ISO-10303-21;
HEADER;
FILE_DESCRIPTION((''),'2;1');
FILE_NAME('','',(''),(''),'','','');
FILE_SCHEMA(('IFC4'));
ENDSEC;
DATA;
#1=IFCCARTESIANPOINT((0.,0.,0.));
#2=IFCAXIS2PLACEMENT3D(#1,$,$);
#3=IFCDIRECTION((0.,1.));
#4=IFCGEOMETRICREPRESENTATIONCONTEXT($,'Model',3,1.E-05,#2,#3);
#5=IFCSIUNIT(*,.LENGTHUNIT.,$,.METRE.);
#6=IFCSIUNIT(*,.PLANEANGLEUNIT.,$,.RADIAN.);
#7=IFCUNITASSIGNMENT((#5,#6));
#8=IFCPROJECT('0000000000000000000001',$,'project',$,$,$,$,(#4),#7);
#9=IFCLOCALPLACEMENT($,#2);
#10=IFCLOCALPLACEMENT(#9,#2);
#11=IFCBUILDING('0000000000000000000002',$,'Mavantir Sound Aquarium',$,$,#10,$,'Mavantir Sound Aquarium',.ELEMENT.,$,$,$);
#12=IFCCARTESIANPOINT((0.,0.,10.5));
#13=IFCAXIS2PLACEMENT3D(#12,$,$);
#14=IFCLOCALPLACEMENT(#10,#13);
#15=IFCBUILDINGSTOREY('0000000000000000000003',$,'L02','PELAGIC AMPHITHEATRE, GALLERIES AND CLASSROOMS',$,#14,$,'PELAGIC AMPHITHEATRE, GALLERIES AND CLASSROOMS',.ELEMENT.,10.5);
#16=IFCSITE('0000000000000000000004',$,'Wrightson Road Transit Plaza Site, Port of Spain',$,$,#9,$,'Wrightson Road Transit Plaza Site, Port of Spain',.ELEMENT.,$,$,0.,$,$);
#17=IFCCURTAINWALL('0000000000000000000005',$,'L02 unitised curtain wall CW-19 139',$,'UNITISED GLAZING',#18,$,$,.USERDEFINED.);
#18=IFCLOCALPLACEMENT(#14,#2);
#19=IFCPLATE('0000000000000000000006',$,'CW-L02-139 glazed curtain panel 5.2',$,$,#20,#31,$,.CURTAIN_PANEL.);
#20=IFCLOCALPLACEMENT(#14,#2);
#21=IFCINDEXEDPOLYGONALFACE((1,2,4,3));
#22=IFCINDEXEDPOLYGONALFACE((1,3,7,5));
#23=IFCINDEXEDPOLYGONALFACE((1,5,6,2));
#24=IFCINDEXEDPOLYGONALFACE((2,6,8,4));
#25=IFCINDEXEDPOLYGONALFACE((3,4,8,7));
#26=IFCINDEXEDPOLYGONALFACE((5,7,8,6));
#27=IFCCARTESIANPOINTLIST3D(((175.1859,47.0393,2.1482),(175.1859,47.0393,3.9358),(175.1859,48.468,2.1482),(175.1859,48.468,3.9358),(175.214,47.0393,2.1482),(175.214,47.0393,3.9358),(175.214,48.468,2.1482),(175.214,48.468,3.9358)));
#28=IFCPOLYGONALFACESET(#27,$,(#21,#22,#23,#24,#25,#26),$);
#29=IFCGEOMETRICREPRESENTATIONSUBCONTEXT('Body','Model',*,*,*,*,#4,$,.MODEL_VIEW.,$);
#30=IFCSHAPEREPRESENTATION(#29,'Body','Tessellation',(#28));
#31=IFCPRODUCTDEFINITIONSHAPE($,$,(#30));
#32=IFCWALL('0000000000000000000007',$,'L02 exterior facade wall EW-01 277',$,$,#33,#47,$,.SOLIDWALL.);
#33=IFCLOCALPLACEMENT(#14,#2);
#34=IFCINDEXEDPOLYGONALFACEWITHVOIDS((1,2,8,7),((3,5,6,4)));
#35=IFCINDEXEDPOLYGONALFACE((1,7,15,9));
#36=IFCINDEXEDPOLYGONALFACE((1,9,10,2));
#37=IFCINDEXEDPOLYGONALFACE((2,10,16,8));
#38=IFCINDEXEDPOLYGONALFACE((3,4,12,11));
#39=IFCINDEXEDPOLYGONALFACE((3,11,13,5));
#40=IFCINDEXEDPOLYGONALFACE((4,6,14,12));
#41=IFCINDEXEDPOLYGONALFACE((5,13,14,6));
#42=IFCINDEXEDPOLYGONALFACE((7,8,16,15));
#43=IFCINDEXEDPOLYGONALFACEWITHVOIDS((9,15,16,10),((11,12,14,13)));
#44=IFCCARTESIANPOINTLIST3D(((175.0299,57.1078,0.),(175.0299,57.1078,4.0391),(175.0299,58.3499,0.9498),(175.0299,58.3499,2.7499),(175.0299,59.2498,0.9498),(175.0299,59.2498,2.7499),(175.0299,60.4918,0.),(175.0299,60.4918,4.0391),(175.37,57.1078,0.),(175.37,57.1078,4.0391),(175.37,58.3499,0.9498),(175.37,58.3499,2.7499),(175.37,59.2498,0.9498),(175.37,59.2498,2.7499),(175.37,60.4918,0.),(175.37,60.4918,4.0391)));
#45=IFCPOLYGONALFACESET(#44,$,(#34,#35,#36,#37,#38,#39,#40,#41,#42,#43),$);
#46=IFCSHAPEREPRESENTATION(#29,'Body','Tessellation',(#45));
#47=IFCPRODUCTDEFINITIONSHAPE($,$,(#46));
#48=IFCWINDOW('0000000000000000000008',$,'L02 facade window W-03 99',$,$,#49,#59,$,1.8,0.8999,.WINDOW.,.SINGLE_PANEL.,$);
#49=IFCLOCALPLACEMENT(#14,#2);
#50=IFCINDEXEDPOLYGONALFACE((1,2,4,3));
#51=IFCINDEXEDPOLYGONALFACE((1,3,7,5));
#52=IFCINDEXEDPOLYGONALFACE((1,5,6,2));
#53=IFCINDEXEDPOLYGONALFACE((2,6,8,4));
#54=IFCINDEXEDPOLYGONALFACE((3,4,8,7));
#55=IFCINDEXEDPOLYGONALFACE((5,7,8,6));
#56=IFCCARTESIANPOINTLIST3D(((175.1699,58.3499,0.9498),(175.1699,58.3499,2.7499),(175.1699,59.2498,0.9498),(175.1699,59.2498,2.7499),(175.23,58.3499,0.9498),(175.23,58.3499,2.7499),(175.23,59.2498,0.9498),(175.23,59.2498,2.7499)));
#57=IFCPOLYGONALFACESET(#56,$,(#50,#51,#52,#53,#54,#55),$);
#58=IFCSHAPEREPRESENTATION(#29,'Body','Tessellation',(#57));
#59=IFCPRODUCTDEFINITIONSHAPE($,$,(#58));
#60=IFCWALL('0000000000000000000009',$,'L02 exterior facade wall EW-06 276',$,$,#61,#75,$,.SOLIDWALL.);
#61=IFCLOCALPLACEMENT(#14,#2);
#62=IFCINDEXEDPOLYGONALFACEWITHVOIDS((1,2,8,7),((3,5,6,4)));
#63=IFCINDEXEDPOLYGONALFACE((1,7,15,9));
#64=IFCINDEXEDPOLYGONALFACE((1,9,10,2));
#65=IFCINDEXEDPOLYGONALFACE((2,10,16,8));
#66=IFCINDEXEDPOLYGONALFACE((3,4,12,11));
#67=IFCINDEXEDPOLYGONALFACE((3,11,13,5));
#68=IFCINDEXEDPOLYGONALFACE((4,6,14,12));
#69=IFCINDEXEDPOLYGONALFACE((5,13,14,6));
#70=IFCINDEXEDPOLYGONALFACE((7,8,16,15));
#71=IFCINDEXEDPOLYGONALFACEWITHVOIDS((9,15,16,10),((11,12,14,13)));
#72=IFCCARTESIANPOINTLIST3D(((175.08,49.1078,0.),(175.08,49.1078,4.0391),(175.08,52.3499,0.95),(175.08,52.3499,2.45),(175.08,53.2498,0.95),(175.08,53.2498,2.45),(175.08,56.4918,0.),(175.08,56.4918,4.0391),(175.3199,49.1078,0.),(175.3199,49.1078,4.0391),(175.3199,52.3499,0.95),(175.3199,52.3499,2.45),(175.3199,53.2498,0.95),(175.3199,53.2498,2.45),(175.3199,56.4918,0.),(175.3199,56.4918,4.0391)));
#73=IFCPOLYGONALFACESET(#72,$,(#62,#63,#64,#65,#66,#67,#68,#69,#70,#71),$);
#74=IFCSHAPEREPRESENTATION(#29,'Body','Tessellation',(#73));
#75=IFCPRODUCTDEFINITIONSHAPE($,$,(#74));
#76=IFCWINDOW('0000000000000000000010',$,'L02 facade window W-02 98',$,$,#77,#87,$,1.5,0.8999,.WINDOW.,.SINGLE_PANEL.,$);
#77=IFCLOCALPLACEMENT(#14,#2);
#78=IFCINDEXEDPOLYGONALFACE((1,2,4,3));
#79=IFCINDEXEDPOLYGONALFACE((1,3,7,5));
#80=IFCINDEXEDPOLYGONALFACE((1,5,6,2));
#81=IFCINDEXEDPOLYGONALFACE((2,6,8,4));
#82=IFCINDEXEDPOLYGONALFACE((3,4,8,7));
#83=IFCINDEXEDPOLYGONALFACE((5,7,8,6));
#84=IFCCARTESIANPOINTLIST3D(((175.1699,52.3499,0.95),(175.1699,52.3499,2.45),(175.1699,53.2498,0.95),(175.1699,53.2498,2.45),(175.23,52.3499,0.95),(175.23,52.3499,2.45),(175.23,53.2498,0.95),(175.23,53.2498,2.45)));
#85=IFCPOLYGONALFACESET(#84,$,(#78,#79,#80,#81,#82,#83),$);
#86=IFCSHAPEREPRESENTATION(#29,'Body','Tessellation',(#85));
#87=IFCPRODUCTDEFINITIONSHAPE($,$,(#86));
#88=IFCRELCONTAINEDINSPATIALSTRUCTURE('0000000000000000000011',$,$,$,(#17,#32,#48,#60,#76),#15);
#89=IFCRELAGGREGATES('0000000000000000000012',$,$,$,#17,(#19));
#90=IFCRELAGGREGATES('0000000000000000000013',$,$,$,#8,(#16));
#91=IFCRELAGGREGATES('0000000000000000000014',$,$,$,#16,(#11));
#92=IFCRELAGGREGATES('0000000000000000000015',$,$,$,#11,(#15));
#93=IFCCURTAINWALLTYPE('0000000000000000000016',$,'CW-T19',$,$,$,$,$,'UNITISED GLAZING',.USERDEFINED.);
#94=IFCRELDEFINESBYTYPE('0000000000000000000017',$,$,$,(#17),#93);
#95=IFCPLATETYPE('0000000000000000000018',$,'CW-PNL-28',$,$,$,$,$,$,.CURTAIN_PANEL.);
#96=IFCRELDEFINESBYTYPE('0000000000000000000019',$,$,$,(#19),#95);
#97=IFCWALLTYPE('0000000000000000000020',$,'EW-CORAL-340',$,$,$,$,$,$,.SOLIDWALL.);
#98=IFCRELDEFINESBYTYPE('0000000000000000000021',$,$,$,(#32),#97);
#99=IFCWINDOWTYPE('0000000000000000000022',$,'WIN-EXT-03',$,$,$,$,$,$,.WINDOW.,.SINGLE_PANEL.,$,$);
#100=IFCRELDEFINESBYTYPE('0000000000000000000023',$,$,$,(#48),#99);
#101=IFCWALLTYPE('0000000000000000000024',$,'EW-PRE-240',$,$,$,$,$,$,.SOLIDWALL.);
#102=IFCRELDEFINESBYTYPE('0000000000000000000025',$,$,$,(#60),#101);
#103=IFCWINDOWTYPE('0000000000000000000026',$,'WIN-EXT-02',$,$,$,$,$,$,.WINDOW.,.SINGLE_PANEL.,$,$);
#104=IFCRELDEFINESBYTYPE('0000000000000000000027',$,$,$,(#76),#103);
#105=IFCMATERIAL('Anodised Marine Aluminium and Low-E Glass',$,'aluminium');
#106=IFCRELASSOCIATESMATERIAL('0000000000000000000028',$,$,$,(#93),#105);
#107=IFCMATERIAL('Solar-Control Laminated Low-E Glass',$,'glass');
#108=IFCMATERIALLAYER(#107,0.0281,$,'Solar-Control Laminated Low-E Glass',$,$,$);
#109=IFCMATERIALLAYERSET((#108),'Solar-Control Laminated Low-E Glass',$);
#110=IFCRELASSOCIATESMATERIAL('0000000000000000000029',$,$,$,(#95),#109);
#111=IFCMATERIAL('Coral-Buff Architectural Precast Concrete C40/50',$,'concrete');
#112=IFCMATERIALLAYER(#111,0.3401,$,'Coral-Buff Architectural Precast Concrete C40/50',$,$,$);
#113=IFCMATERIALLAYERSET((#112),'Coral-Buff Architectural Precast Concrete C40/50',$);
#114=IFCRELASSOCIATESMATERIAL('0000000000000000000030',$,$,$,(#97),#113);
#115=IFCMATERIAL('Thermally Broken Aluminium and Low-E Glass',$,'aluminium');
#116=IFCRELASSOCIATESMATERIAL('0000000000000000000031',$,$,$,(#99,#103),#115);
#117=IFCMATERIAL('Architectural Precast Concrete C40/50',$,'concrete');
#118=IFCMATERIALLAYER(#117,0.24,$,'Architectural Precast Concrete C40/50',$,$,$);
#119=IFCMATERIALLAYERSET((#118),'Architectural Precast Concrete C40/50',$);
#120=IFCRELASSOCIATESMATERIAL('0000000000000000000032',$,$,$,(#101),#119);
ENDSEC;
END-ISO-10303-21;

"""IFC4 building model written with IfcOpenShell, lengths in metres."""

from ifc_helpers import new_model, si_unit, direction, frame, frame_2d, origin, origin_2d, place, context, subcontext, project, spatial, rectangle, extrude, material, layer, layer_set, type_object, element, fill, aggregate, save


model = new_model("IFC4")

# Units and contexts
model_context = context("Model", 3, precision=1e-05, world=origin(), true_north=direction((0.0, 1.0)))
body_context = subcontext(model_context, "Body", "Model", "MODEL_VIEW")
ifc_project = project(units=[si_unit("LENGTHUNIT", "METRE"), si_unit("PLANEANGLEUNIT", "RADIAN")], contexts=[model_context])

# Site, building, storey
site_placement = place(None, origin())
site = spatial("IfcSite", under=ifc_project, at=site_placement, Name="Wrightson Road Transit Plaza Site, Port of Spain", LongName="Wrightson Road Transit Plaza Site, Port of Spain", CompositionType="ELEMENT", RefElevation=0.0)
building_placement = place(site_placement, origin())
building = spatial("IfcBuilding", under=site, at=building_placement, Name="Mavantir Sound Aquarium", LongName="Mavantir Sound Aquarium", CompositionType="ELEMENT")
storey_placement = place(building_placement, frame((0.0, 0.0, 10.5)))
storey = spatial("IfcBuildingStorey", under=building, at=storey_placement, Name="L02", Description="PELAGIC AMPHITHEATRE, GALLERIES AND CLASSROOMS", LongName="PELAGIC AMPHITHEATRE, GALLERIES AND CLASSROOMS", CompositionType="ELEMENT", Elevation=10.5)

# Curtain wall, plate
ifc_material_1 = material(Name="Anodised Marine Aluminium and Low-E Glass", Category="aluminium")
curtain_wall_type = type_object("IfcCurtainWallType", Name="CW-T19", ElementType="UNITISED GLAZING", PredefinedType="USERDEFINED", material=ifc_material_1)
curtain_wall_placement = place(storey_placement, origin())
curtain_wall = element("IfcCurtainWall", 1, at=curtain_wall_placement, inside=storey, type_object=curtain_wall_type, Name="L02 unitised curtain wall CW-19 139", ObjectType="UNITISED GLAZING", PredefinedType="USERDEFINED")
ifc_material_2 = material(Name="Solar-Control Laminated Low-E Glass", Category="glass")
ifc_layer_1 = layer(ifc_material_2, 0.0281, Name="Solar-Control Laminated Low-E Glass")
ifc_layer_set_1 = layer_set([ifc_layer_1], Name="Solar-Control Laminated Low-E Glass")
plate_type = type_object("IfcPlateType", Name="CW-PNL-28", PredefinedType="CURTAIN_PANEL", material=ifc_layer_set_1)
plate_1_placement = place(storey_placement, frame((175.2, 47.7537, 2.1482), z_axis=(0.0, 0.0, 1.0), x_axis=(0.0, 1.0, 0.0)))
plate_1 = element("IfcPlate", 2, at=plate_1_placement, type_object=plate_type, Name="CW-L02-139 glazed curtain panel 5.2", PredefinedType="CURTAIN_PANEL", context=body_context, shape_type="SweptSolid", body=[
    extrude(rectangle(XDim=1.4287, YDim=0.0281, at=origin_2d()), origin(), (0.0, 0.0, 1.0), 1.7876),
])
aggregate(curtain_wall, [plate_1])

# Walls, openings, windows
ifc_material_3 = material(Name="Coral-Buff Architectural Precast Concrete C40/50", Category="concrete")
ifc_layer_2 = layer(ifc_material_3, 0.3401, Name="Coral-Buff Architectural Precast Concrete C40/50")
ifc_layer_set_2 = layer_set([ifc_layer_2], Name="Coral-Buff Architectural Precast Concrete C40/50")
wall_type_1 = type_object("IfcWallType", Name="EW-CORAL-340", PredefinedType="SOLIDWALL", material=ifc_layer_set_2)
wall_1_placement = place(storey_placement, frame((175.2, 57.1079, 0.0), z_axis=(0.0, 0.0, 1.0), x_axis=(0.0, 1.0, 0.0)))
wall_1 = element("IfcWall", 3, at=wall_1_placement, inside=storey, type_object=wall_type_1, Name="L02 exterior facade wall EW-01 277", PredefinedType="SOLIDWALL", context=body_context, shape_type="SweptSolid", body=[
    extrude(rectangle(XDim=3.384, YDim=0.3401, at=frame_2d((1.6919, 0.0))), origin(), (0.0, 0.0, 1.0), 4.0391),
])
opening_1_placement = place(wall_1_placement, frame((1.2419, 0.0, 0.95)))
opening_1 = element("IfcOpeningElement", 4, at=opening_1_placement, cuts=wall_1, PredefinedType="OPENING", context=body_context, shape_type="SweptSolid", body=[
    extrude(rectangle(XDim=0.8999, YDim=1.8, at=frame_2d((0.45, 0.8999))), frame((0.0, 0.1802, 0.0), z_axis=(0.0, -1.0, 0.0), x_axis=(1.0, 0.0, 0.0)), (0.0, 0.0, 1.0), 0.3601),
])
ifc_material_4 = material(Name="Thermally Broken Aluminium and Low-E Glass", Category="aluminium")
window_type_1 = type_object("IfcWindowType", Name="WIN-EXT-03", PartitioningType="SINGLE_PANEL", PredefinedType="WINDOW", material=ifc_material_4)
window_1_placement = place(opening_1_placement, origin())
window_1 = element("IfcWindow", 5, at=window_1_placement, inside=storey, type_object=window_type_1, Name="L02 facade window W-03 99", OverallHeight=1.8, OverallWidth=0.8999, PartitioningType="SINGLE_PANEL", PredefinedType="WINDOW", context=body_context, shape_type="SweptSolid", body=[
    extrude(rectangle(XDim=0.8999, YDim=1.8, at=frame_2d((0.45, 0.8999))), frame((0.0, 0.03, 0.0), z_axis=(0.0, -1.0, 0.0), x_axis=(1.0, 0.0, 0.0)), (0.0, 0.0, 1.0), 0.0601),
])
fill(opening_1, window_1)
ifc_material_5 = material(Name="Architectural Precast Concrete C40/50", Category="concrete")
ifc_layer_3 = layer(ifc_material_5, 0.24, Name="Architectural Precast Concrete C40/50")
ifc_layer_set_3 = layer_set([ifc_layer_3], Name="Architectural Precast Concrete C40/50")
wall_type_2 = type_object("IfcWallType", Name="EW-PRE-240", PredefinedType="SOLIDWALL", material=ifc_layer_set_3)
wall_2_placement = place(storey_placement, frame((175.2, 49.1079, 0.0), z_axis=(0.0, 0.0, 1.0), x_axis=(0.0, 1.0, 0.0)))
wall_2 = element("IfcWall", 6, at=wall_2_placement, inside=storey, type_object=wall_type_2, Name="L02 exterior facade wall EW-06 276", PredefinedType="SOLIDWALL", context=body_context, shape_type="SweptSolid", body=[
    extrude(rectangle(XDim=7.384, YDim=0.24, at=frame_2d((3.6919, 0.0))), origin(), (0.0, 0.0, 1.0), 4.0391),
])
opening_2_placement = place(wall_2_placement, frame((3.2419, 0.0, 0.95)))
opening_2 = element("IfcOpeningElement", 7, at=opening_2_placement, cuts=wall_2, PredefinedType="OPENING", context=body_context, shape_type="SweptSolid", body=[
    extrude(rectangle(XDim=0.8999, YDim=1.5, at=frame_2d((0.45, 0.75))), frame((0.0, 0.1299, 0.0), z_axis=(0.0, -1.0, 0.0), x_axis=(1.0, 0.0, 0.0)), (0.0, 0.0, 1.0), 0.26),
])
window_type_2 = type_object("IfcWindowType", Name="WIN-EXT-02", PartitioningType="SINGLE_PANEL", PredefinedType="WINDOW", material=ifc_material_4)
window_2_placement = place(opening_2_placement, origin())
window_2 = element("IfcWindow", 8, at=window_2_placement, inside=storey, type_object=window_type_2, Name="L02 facade window W-02 98", OverallHeight=1.5, OverallWidth=0.8999, PartitioningType="SINGLE_PANEL", PredefinedType="WINDOW", context=body_context, shape_type="SweptSolid", body=[
    extrude(rectangle(XDim=0.8999, YDim=1.5, at=frame_2d((0.45, 0.75))), frame((0.0, 0.03, 0.0), z_axis=(0.0, -1.0, 0.0), x_axis=(1.0, 0.0, 0.0)), (0.0, 0.0, 1.0), 0.0601),
])
fill(opening_2, window_2)

save(model, "model.ifc")
